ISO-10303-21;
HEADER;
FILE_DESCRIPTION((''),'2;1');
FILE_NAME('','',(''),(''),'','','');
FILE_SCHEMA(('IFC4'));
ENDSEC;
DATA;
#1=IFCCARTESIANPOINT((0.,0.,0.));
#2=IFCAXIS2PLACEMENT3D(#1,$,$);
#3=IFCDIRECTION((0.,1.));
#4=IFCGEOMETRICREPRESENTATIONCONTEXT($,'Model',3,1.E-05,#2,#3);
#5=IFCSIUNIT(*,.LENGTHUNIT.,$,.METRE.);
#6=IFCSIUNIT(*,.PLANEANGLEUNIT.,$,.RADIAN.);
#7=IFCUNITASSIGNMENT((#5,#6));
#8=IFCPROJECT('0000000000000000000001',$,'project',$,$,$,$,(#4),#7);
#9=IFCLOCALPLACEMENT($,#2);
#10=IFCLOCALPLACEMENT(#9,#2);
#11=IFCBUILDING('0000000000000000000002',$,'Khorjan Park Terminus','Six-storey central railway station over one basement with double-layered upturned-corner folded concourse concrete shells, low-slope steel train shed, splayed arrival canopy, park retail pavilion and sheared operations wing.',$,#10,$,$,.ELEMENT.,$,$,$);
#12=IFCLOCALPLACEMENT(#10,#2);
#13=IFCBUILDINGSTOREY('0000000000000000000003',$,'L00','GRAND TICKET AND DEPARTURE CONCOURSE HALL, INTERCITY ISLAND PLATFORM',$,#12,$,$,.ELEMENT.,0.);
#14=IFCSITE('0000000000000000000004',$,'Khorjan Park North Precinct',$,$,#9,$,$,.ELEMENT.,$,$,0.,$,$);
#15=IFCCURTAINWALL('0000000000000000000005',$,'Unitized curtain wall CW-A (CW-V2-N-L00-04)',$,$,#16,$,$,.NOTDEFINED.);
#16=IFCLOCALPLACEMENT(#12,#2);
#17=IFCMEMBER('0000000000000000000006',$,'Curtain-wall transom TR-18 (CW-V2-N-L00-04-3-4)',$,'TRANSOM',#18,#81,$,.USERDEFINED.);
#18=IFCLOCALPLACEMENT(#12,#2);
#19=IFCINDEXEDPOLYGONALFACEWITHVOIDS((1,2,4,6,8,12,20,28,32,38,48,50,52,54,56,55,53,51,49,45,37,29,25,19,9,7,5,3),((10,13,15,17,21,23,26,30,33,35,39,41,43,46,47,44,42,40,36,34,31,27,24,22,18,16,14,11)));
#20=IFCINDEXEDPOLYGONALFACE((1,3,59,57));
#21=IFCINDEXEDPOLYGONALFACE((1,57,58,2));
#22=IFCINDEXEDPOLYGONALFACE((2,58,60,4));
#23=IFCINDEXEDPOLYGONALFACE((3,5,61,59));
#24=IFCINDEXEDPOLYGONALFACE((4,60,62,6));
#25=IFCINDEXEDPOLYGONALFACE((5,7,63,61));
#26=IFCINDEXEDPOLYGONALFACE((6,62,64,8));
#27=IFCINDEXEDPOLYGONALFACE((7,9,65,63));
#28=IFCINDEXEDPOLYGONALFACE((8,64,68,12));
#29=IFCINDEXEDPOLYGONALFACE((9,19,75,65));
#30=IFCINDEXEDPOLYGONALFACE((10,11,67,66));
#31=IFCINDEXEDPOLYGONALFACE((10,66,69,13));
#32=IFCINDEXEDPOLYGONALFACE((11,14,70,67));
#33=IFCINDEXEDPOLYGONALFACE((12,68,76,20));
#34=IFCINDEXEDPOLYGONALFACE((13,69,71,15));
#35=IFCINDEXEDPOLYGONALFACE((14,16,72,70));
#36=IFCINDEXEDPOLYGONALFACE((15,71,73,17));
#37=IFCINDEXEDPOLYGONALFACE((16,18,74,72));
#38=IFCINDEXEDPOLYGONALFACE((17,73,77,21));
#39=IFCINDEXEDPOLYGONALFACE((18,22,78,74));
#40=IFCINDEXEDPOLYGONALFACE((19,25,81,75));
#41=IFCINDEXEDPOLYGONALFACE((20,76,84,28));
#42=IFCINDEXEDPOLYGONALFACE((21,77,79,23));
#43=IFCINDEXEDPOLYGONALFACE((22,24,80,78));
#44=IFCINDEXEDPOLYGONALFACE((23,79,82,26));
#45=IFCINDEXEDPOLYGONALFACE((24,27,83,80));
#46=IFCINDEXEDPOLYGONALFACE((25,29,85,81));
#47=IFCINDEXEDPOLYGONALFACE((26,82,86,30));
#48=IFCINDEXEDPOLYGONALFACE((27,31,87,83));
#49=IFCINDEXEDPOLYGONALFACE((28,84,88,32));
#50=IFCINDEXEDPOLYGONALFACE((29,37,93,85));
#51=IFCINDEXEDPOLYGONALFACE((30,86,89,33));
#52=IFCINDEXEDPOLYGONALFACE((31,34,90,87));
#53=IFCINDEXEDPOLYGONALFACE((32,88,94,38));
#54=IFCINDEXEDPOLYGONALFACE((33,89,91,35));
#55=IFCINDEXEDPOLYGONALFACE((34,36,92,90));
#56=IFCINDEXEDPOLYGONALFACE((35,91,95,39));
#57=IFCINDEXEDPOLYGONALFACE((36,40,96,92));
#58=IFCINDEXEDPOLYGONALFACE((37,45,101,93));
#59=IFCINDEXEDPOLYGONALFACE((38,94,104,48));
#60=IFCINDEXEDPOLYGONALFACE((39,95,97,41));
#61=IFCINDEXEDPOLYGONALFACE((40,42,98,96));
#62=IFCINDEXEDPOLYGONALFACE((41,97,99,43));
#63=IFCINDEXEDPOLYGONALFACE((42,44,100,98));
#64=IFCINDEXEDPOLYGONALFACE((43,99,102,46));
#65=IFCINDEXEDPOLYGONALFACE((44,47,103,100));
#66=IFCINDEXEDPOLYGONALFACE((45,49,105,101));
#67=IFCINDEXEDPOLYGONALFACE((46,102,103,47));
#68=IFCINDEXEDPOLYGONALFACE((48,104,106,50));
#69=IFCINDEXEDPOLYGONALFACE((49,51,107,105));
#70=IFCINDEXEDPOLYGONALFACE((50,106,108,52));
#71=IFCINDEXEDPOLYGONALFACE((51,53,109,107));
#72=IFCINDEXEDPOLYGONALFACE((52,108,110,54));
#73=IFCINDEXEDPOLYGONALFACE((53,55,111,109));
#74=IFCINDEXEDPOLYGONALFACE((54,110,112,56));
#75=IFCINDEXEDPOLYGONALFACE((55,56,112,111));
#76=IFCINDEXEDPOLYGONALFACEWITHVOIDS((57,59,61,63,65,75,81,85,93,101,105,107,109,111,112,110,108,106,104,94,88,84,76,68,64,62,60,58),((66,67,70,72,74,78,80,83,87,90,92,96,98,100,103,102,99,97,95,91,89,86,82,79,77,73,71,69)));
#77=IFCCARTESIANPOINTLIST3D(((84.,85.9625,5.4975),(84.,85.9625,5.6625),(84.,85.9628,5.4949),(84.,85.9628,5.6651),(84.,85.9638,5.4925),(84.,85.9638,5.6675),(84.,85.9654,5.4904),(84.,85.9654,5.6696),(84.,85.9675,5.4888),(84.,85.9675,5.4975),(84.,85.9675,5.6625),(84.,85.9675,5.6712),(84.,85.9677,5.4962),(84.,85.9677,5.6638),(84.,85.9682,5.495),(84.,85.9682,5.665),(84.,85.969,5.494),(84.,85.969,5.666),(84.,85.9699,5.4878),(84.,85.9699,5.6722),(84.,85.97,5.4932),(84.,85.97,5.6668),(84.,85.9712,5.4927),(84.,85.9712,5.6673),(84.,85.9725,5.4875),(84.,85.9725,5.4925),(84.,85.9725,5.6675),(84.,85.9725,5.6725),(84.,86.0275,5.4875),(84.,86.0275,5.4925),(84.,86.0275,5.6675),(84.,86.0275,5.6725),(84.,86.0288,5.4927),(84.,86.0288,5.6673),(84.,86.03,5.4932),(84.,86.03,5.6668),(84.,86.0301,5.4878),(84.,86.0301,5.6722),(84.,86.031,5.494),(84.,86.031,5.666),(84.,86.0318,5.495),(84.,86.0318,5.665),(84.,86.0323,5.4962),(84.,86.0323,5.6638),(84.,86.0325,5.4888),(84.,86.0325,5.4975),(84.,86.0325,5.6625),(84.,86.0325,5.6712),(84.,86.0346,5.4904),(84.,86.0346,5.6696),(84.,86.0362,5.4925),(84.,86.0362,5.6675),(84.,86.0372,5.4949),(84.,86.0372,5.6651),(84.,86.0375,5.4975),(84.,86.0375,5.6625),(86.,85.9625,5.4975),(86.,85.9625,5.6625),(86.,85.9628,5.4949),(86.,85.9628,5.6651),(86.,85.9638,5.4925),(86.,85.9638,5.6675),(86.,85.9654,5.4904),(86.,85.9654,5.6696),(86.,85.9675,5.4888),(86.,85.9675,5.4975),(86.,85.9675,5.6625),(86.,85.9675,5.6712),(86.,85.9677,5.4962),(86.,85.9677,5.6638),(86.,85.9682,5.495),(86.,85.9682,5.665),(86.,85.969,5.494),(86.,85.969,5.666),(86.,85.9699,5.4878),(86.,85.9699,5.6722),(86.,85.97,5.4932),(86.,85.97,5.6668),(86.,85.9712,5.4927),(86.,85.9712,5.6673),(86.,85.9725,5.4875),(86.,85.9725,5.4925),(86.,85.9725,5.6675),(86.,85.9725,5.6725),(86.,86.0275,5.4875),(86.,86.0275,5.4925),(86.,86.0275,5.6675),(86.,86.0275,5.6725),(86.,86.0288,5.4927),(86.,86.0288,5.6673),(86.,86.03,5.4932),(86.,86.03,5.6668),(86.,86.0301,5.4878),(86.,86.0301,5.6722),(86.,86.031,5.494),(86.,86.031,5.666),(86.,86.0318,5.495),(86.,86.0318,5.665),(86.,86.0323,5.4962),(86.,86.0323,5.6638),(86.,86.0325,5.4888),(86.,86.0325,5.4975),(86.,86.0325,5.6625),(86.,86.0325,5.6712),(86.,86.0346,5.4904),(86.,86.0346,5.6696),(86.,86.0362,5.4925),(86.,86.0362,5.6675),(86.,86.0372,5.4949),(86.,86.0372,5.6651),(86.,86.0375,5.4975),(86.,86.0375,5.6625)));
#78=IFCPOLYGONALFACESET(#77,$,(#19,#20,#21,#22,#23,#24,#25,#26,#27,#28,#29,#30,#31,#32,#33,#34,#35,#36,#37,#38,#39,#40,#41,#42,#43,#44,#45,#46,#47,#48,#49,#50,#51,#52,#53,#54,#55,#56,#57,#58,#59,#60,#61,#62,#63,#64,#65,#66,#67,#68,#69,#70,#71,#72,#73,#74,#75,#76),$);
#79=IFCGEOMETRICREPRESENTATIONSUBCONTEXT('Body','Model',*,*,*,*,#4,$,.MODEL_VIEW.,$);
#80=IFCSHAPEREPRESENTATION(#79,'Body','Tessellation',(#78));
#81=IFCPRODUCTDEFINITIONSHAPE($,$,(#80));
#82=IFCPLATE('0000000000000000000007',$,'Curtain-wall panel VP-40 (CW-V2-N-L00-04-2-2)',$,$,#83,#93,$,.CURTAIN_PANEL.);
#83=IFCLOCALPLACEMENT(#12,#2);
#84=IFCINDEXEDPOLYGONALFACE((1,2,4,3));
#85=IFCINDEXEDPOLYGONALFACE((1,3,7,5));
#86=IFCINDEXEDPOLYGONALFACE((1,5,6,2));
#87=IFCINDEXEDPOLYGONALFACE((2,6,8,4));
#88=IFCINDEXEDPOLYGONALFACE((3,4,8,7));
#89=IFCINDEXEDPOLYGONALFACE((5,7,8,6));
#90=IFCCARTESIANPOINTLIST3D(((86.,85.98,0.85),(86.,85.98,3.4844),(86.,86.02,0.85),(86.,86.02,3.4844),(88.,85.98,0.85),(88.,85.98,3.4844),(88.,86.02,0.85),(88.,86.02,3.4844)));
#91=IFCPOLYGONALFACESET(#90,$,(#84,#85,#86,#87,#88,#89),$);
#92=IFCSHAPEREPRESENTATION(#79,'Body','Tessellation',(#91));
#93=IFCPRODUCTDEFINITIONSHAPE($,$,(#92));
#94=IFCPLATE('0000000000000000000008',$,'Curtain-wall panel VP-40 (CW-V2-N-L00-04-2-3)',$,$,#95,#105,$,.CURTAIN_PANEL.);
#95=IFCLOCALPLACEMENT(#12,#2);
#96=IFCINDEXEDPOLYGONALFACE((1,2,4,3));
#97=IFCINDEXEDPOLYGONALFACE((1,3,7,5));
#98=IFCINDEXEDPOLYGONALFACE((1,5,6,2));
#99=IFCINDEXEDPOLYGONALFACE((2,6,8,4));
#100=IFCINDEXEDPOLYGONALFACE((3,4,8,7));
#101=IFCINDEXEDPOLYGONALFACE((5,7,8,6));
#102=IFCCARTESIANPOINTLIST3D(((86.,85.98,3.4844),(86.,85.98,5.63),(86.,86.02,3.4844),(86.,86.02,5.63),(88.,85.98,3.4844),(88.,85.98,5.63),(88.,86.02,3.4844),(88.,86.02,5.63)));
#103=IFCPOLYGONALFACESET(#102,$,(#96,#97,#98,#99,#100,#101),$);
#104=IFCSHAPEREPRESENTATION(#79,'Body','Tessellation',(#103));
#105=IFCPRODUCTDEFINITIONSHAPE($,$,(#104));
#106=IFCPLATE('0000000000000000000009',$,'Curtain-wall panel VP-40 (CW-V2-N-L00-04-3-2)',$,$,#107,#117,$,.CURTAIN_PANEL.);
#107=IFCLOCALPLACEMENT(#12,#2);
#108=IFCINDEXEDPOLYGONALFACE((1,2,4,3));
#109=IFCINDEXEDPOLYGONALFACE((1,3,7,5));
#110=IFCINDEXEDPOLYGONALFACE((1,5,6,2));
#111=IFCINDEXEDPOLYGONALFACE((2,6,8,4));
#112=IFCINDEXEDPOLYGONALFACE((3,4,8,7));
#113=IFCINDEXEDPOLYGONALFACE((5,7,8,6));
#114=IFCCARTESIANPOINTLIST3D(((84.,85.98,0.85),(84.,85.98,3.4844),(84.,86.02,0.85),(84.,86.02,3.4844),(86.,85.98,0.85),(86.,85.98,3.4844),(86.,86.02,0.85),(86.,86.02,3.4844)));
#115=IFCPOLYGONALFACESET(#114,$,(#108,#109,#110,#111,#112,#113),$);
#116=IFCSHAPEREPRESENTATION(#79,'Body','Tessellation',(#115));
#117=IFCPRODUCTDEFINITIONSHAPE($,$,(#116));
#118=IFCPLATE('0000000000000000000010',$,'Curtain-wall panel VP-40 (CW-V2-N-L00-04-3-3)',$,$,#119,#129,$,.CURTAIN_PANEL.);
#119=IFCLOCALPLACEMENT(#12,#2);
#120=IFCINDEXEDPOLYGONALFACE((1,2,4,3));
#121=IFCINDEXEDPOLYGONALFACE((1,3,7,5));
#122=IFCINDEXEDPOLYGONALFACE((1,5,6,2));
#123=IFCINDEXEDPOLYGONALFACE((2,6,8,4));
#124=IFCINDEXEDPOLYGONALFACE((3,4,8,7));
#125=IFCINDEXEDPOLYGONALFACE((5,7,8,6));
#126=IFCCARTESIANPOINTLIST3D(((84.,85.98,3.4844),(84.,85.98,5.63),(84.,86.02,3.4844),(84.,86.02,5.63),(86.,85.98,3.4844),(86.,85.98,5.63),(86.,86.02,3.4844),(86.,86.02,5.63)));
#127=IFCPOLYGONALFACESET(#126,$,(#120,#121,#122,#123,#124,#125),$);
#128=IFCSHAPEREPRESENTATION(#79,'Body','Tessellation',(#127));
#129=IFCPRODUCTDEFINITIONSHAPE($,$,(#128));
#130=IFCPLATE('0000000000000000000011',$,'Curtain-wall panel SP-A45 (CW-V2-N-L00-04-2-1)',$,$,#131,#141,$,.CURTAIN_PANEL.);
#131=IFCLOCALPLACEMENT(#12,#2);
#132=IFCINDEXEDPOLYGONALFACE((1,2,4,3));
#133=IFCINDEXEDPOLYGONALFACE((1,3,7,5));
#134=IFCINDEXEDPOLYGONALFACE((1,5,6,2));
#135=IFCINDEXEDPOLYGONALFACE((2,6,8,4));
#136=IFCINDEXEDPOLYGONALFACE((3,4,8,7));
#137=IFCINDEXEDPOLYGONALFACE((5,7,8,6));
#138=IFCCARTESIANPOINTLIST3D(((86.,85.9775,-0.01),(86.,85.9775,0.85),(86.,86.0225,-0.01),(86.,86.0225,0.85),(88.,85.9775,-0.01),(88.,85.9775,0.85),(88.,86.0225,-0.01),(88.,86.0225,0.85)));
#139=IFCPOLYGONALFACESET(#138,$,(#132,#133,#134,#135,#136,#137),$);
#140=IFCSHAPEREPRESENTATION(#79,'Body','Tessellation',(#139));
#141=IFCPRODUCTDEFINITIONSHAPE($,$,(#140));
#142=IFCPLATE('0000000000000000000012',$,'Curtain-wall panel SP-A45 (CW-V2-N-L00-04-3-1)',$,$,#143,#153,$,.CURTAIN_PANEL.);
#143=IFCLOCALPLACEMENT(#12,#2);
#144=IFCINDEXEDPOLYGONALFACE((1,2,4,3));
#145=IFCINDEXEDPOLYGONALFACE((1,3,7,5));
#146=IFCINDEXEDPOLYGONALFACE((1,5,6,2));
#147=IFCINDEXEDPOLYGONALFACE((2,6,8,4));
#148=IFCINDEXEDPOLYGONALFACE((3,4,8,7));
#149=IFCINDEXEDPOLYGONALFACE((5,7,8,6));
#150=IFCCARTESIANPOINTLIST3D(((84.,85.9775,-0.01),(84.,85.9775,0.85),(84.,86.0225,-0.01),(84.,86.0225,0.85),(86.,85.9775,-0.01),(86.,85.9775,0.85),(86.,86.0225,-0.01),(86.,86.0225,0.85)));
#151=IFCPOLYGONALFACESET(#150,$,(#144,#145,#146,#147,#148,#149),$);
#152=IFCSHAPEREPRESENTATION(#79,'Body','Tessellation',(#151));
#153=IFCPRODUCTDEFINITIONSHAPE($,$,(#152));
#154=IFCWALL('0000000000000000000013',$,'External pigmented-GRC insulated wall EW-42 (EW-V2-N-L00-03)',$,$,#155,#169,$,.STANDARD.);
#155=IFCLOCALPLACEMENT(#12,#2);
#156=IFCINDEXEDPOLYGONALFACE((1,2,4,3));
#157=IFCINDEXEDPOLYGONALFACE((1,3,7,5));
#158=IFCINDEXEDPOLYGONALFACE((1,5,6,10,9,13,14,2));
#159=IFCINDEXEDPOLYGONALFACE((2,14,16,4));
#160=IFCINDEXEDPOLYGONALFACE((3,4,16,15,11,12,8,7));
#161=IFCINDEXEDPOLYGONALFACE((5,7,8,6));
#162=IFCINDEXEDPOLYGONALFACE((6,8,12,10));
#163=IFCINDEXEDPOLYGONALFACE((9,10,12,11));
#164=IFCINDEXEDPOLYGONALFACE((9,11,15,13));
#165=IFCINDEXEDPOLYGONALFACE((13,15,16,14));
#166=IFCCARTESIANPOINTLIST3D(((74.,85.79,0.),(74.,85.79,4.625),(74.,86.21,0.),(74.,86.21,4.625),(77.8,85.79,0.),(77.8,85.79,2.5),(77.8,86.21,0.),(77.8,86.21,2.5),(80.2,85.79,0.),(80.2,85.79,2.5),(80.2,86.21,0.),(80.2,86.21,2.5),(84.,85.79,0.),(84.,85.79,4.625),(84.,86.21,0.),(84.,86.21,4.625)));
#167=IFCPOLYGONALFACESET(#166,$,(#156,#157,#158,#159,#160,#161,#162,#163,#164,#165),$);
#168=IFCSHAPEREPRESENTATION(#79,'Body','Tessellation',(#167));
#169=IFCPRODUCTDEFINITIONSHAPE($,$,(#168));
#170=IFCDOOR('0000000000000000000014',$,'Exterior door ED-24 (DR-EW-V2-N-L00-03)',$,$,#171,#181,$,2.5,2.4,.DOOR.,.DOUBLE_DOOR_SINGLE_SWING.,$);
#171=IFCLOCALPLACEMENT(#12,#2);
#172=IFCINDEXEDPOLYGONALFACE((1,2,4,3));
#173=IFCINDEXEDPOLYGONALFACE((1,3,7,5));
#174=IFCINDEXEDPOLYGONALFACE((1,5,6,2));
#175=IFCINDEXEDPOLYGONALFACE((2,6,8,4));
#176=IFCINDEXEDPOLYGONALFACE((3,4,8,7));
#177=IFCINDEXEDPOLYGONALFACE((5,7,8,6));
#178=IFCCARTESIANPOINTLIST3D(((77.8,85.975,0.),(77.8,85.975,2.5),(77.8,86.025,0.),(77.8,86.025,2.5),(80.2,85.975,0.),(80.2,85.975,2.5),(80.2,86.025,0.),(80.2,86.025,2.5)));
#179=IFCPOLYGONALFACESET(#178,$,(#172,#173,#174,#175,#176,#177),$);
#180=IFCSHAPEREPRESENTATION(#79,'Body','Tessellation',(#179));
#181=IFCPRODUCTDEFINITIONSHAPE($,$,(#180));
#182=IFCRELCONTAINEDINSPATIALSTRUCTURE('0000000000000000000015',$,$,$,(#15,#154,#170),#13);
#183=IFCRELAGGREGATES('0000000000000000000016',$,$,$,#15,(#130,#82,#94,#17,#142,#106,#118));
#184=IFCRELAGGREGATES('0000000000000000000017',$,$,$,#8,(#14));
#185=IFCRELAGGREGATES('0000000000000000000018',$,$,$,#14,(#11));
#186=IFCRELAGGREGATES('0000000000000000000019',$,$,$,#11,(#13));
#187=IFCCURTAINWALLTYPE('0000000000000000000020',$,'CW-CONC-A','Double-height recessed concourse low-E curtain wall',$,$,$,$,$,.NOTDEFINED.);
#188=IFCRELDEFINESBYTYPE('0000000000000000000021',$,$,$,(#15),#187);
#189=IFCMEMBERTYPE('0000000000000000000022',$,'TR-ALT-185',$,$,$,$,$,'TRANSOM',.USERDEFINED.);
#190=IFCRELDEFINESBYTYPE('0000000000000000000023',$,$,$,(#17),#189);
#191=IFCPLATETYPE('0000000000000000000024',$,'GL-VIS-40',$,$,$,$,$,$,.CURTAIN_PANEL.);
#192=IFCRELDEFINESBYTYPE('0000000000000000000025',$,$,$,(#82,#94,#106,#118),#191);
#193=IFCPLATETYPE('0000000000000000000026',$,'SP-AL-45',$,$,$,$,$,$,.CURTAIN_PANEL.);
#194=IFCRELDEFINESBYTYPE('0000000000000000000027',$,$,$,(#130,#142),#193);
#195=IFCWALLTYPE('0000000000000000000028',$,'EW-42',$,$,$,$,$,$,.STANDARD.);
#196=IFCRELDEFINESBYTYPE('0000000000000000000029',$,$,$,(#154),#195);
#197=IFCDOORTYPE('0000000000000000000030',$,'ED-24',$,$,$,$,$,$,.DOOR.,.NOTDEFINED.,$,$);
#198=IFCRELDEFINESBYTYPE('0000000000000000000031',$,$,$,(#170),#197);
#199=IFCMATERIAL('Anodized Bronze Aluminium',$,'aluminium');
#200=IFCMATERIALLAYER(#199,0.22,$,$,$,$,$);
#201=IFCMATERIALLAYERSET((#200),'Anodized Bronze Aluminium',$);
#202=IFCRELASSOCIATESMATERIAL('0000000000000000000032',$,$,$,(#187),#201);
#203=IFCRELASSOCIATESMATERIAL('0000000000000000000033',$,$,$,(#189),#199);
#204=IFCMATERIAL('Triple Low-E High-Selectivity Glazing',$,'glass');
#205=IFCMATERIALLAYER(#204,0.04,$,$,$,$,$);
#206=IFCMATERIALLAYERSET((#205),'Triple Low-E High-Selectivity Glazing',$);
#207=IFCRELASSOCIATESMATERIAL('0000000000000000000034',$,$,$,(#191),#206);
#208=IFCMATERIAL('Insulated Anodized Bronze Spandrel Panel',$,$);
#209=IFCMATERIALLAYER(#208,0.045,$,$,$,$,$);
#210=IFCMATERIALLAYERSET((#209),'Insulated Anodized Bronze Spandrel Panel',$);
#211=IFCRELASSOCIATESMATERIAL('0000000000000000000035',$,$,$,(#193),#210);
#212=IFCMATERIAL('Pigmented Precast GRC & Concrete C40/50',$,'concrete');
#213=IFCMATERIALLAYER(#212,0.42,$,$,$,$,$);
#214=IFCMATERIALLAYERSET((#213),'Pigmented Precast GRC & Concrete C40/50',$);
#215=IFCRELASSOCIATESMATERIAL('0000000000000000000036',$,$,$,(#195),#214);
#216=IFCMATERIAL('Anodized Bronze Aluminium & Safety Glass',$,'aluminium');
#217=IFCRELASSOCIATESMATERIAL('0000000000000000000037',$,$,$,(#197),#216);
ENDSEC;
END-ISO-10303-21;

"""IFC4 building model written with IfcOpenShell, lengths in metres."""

from ifc_helpers import new_model, si_unit, direction, frame, frame_2d, origin, origin_2d, place, context, subcontext, project, spatial, rectangle, hollow_rectangle, extrude, material, layer, layer_set, material_profile, profile_set, type_object, element, fill, aggregate, save


model = new_model("IFC4")

# Units and contexts
model_context = context("Model", 3, precision=1e-05, world=origin(), true_north=direction((0.0, 1.0)))
body_context = subcontext(model_context, "Body", "Model", "MODEL_VIEW")
ifc_project = project(units=[si_unit("LENGTHUNIT", "METRE"), si_unit("PLANEANGLEUNIT", "RADIAN")], contexts=[model_context])

# Site, building, storey
site_placement = place(None, origin())
site = spatial("IfcSite", under=ifc_project, at=site_placement, Name="Khorjan Park North Precinct", CompositionType="ELEMENT", RefElevation=0.0)
building_placement = place(site_placement, origin())
building = spatial("IfcBuilding", under=site, at=building_placement, Name="Khorjan Park Terminus", Description="Six-storey central railway station over one basement with double-layered upturned-corner folded concourse concrete shells, low-slope steel train shed, splayed arrival canopy, park retail pavilion and sheared operations wing.", CompositionType="ELEMENT")
storey_placement = place(building_placement, origin())
storey = spatial("IfcBuildingStorey", under=building, at=storey_placement, Name="L00", Description="GRAND TICKET AND DEPARTURE CONCOURSE HALL, INTERCITY ISLAND PLATFORM", CompositionType="ELEMENT", Elevation=0.0)

# Curtain wall, member, plates
ifc_material_1 = material(Name="Anodized Bronze Aluminium", Category="aluminium")
ifc_layer_1 = layer(ifc_material_1, 0.22)
ifc_layer_set_1 = layer_set([ifc_layer_1], Name="Anodized Bronze Aluminium")
curtain_wall_type = type_object("IfcCurtainWallType", Name="CW-CONC-A", Description="Double-height recessed concourse low-E curtain wall", PredefinedType="NOTDEFINED", material=ifc_layer_set_1)
curtain_wall_placement = place(storey_placement, origin())
curtain_wall = element("IfcCurtainWall", 1, at=curtain_wall_placement, inside=storey, type_object=curtain_wall_type, Name="Unitized curtain wall CW-A (CW-V2-N-L00-04)", PredefinedType="NOTDEFINED")
ifc_material_profile_1 = material_profile(ifc_material_1, hollow_rectangle(XDim=0.075, YDim=0.185, WallThickness=0.005, InnerFilletRadius=0.005, OuterFilletRadius=0.01, at=origin_2d()), Name="ALT 75x185x5")
ifc_profile_set_1 = profile_set([ifc_material_profile_1], Name="Anodized Bronze Aluminium")
member_type_1 = type_object("IfcMemberType", Name="TR-ALT-185", ElementType="TRANSOM", PredefinedType="USERDEFINED", material=ifc_profile_set_1)
member_1_placement = place(storey_placement, frame((86.0, 86.0, 5.58), z_axis=(-1.0, 0.0, 0.0), x_axis=(0.0, -1.0, 0.0)))
member_1 = element("IfcMember", 2, at=member_1_placement, type_object=member_type_1, Name="Curtain-wall transom TR-18 (CW-V2-N-L00-04-3-4)", ObjectType="TRANSOM", PredefinedType="USERDEFINED", context=body_context, shape_type="SweptSolid", body=[
    extrude(hollow_rectangle(XDim=0.075, YDim=0.185, WallThickness=0.005, InnerFilletRadius=0.005, OuterFilletRadius=0.01, at=origin_2d()), origin(), (0.0, 0.0, 1.0), 2.0),
])
ifc_material_2 = material(Name="Triple Low-E High-Selectivity Glazing", Category="glass")
ifc_layer_2 = layer(ifc_material_2, 0.04)
ifc_layer_set_2 = layer_set([ifc_layer_2], Name="Triple Low-E High-Selectivity Glazing")
plate_type_1 = type_object("IfcPlateType", Name="GL-VIS-40", PredefinedType="CURTAIN_PANEL", material=ifc_layer_set_2)
plate_1_placement = place(storey_placement, frame((87.0, 86.0, 0.85), z_axis=(0.0, 0.0, 1.0), x_axis=(-1.0, 0.0, 0.0)))
plate_1 = element("IfcPlate", 3, at=plate_1_placement, type_object=plate_type_1, Name="Curtain-wall panel VP-40 (CW-V2-N-L00-04-2-2)", PredefinedType="CURTAIN_PANEL", context=body_context, shape_type="SweptSolid", body=[
    extrude(rectangle(XDim=2.0, YDim=0.04, at=origin_2d()), origin(), (0.0, 0.0, 1.0), 2.6344),
])
plate_2_placement = place(storey_placement, frame((87.0, 86.0, 3.4844), z_axis=(0.0, 0.0, 1.0), x_axis=(-1.0, 0.0, 0.0)))
plate_2 = element("IfcPlate", 4, at=plate_2_placement, type_object=plate_type_1, Name="Curtain-wall panel VP-40 (CW-V2-N-L00-04-2-3)", PredefinedType="CURTAIN_PANEL", context=body_context, shape_type="SweptSolid", body=[
    extrude(rectangle(XDim=2.0, YDim=0.04, at=origin_2d()), origin(), (0.0, 0.0, 1.0), 2.1456),
])
plate_3_placement = place(storey_placement, frame((85.0, 86.0, 0.85), z_axis=(0.0, 0.0, 1.0), x_axis=(-1.0, 0.0, 0.0)))
plate_3 = element("IfcPlate", 5, at=plate_3_placement, type_object=plate_type_1, Name="Curtain-wall panel VP-40 (CW-V2-N-L00-04-3-2)", PredefinedType="CURTAIN_PANEL", context=body_context, shape_type="SweptSolid", body=[
    extrude(rectangle(XDim=2.0, YDim=0.04, at=origin_2d()), origin(), (0.0, 0.0, 1.0), 2.6344),
])
plate_4_placement = place(storey_placement, frame((85.0, 86.0, 3.4844), z_axis=(0.0, 0.0, 1.0), x_axis=(-1.0, 0.0, 0.0)))
plate_4 = element("IfcPlate", 6, at=plate_4_placement, type_object=plate_type_1, Name="Curtain-wall panel VP-40 (CW-V2-N-L00-04-3-3)", PredefinedType="CURTAIN_PANEL", context=body_context, shape_type="SweptSolid", body=[
    extrude(rectangle(XDim=2.0, YDim=0.04, at=origin_2d()), origin(), (0.0, 0.0, 1.0), 2.1456),
])
ifc_material_3 = material(Name="Insulated Anodized Bronze Spandrel Panel")
ifc_layer_3 = layer(ifc_material_3, 0.045)
ifc_layer_set_3 = layer_set([ifc_layer_3], Name="Insulated Anodized Bronze Spandrel Panel")
plate_type_2 = type_object("IfcPlateType", Name="SP-AL-45", PredefinedType="CURTAIN_PANEL", material=ifc_layer_set_3)
plate_5_placement = place(storey_placement, frame((87.0, 86.0, -0.01), z_axis=(0.0, 0.0, 1.0), x_axis=(-1.0, 0.0, 0.0)))
plate_5 = element("IfcPlate", 7, at=plate_5_placement, type_object=plate_type_2, Name="Curtain-wall panel SP-A45 (CW-V2-N-L00-04-2-1)", PredefinedType="CURTAIN_PANEL", context=body_context, shape_type="SweptSolid", body=[
    extrude(rectangle(XDim=2.0, YDim=0.045, at=origin_2d()), origin(), (0.0, 0.0, 1.0), 0.86),
])
plate_6_placement = place(storey_placement, frame((85.0, 86.0, -0.01), z_axis=(0.0, 0.0, 1.0), x_axis=(-1.0, 0.0, 0.0)))
plate_6 = element("IfcPlate", 8, at=plate_6_placement, type_object=plate_type_2, Name="Curtain-wall panel SP-A45 (CW-V2-N-L00-04-3-1)", PredefinedType="CURTAIN_PANEL", context=body_context, shape_type="SweptSolid", body=[
    extrude(rectangle(XDim=2.0, YDim=0.045, at=origin_2d()), origin(), (0.0, 0.0, 1.0), 0.86),
])
aggregate(curtain_wall, [plate_5, plate_1, plate_2, member_1, plate_6, plate_3, plate_4])

# Wall, opening, door
ifc_material_4 = material(Name="Pigmented Precast GRC & Concrete C40/50", Category="concrete")
ifc_layer_4 = layer(ifc_material_4, 0.42)
ifc_layer_set_4 = layer_set([ifc_layer_4], Name="Pigmented Precast GRC & Concrete C40/50")
wall_type = type_object("IfcWallType", Name="EW-42", PredefinedType="STANDARD", material=ifc_layer_set_4)
wall_placement = place(storey_placement, frame((84.0, 86.0, 0.0), z_axis=(0.0, 0.0, 1.0), x_axis=(-1.0, 0.0, 0.0)))
wall = element("IfcWall", 9, at=wall_placement, inside=storey, type_object=wall_type, Name="External pigmented-GRC insulated wall EW-42 (EW-V2-N-L00-03)", PredefinedType="STANDARD", context=body_context, shape_type="SweptSolid", body=[
    extrude(rectangle(XDim=10.0, YDim=0.42, at=frame_2d((5.0, 0.0))), origin(), (0.0, 0.0, 1.0), 4.625),
])
opening_placement = place(wall_placement, frame((3.8, 0.0, 0.0)))
opening = element("IfcOpeningElement", 10, at=opening_placement, cuts=wall, PredefinedType="OPENING", context=body_context, shape_type="SweptSolid", body=[
    extrude(rectangle(XDim=2.4, YDim=2.5, at=frame_2d((1.2, 1.25))), frame((0.0, 0.22, 0.0), z_axis=(0.0, -1.0, 0.0), x_axis=(1.0, 0.0, 0.0)), (0.0, 0.0, 1.0), 0.44),
])
ifc_material_5 = material(Name="Anodized Bronze Aluminium & Safety Glass", Category="aluminium")
door_type = type_object("IfcDoorType", Name="ED-24", OperationType="NOTDEFINED", PredefinedType="DOOR", material=ifc_material_5)
door_placement = place(opening_placement, origin())
door = element("IfcDoor", 11, at=door_placement, inside=storey, type_object=door_type, Name="Exterior door ED-24 (DR-EW-V2-N-L00-03)", OperationType="DOUBLE_DOOR_SINGLE_SWING", OverallHeight=2.5, OverallWidth=2.4, PredefinedType="DOOR", context=body_context, shape_type="SweptSolid", body=[
    extrude(rectangle(XDim=2.4, YDim=2.5, at=frame_2d((1.2, 1.25))), frame((0.0, 0.025, 0.0), z_axis=(0.0, -1.0, 0.0), x_axis=(1.0, 0.0, 0.0)), (0.0, 0.0, 1.0), 0.05),
])
fill(opening, door)

save(model, "model.ifc")
